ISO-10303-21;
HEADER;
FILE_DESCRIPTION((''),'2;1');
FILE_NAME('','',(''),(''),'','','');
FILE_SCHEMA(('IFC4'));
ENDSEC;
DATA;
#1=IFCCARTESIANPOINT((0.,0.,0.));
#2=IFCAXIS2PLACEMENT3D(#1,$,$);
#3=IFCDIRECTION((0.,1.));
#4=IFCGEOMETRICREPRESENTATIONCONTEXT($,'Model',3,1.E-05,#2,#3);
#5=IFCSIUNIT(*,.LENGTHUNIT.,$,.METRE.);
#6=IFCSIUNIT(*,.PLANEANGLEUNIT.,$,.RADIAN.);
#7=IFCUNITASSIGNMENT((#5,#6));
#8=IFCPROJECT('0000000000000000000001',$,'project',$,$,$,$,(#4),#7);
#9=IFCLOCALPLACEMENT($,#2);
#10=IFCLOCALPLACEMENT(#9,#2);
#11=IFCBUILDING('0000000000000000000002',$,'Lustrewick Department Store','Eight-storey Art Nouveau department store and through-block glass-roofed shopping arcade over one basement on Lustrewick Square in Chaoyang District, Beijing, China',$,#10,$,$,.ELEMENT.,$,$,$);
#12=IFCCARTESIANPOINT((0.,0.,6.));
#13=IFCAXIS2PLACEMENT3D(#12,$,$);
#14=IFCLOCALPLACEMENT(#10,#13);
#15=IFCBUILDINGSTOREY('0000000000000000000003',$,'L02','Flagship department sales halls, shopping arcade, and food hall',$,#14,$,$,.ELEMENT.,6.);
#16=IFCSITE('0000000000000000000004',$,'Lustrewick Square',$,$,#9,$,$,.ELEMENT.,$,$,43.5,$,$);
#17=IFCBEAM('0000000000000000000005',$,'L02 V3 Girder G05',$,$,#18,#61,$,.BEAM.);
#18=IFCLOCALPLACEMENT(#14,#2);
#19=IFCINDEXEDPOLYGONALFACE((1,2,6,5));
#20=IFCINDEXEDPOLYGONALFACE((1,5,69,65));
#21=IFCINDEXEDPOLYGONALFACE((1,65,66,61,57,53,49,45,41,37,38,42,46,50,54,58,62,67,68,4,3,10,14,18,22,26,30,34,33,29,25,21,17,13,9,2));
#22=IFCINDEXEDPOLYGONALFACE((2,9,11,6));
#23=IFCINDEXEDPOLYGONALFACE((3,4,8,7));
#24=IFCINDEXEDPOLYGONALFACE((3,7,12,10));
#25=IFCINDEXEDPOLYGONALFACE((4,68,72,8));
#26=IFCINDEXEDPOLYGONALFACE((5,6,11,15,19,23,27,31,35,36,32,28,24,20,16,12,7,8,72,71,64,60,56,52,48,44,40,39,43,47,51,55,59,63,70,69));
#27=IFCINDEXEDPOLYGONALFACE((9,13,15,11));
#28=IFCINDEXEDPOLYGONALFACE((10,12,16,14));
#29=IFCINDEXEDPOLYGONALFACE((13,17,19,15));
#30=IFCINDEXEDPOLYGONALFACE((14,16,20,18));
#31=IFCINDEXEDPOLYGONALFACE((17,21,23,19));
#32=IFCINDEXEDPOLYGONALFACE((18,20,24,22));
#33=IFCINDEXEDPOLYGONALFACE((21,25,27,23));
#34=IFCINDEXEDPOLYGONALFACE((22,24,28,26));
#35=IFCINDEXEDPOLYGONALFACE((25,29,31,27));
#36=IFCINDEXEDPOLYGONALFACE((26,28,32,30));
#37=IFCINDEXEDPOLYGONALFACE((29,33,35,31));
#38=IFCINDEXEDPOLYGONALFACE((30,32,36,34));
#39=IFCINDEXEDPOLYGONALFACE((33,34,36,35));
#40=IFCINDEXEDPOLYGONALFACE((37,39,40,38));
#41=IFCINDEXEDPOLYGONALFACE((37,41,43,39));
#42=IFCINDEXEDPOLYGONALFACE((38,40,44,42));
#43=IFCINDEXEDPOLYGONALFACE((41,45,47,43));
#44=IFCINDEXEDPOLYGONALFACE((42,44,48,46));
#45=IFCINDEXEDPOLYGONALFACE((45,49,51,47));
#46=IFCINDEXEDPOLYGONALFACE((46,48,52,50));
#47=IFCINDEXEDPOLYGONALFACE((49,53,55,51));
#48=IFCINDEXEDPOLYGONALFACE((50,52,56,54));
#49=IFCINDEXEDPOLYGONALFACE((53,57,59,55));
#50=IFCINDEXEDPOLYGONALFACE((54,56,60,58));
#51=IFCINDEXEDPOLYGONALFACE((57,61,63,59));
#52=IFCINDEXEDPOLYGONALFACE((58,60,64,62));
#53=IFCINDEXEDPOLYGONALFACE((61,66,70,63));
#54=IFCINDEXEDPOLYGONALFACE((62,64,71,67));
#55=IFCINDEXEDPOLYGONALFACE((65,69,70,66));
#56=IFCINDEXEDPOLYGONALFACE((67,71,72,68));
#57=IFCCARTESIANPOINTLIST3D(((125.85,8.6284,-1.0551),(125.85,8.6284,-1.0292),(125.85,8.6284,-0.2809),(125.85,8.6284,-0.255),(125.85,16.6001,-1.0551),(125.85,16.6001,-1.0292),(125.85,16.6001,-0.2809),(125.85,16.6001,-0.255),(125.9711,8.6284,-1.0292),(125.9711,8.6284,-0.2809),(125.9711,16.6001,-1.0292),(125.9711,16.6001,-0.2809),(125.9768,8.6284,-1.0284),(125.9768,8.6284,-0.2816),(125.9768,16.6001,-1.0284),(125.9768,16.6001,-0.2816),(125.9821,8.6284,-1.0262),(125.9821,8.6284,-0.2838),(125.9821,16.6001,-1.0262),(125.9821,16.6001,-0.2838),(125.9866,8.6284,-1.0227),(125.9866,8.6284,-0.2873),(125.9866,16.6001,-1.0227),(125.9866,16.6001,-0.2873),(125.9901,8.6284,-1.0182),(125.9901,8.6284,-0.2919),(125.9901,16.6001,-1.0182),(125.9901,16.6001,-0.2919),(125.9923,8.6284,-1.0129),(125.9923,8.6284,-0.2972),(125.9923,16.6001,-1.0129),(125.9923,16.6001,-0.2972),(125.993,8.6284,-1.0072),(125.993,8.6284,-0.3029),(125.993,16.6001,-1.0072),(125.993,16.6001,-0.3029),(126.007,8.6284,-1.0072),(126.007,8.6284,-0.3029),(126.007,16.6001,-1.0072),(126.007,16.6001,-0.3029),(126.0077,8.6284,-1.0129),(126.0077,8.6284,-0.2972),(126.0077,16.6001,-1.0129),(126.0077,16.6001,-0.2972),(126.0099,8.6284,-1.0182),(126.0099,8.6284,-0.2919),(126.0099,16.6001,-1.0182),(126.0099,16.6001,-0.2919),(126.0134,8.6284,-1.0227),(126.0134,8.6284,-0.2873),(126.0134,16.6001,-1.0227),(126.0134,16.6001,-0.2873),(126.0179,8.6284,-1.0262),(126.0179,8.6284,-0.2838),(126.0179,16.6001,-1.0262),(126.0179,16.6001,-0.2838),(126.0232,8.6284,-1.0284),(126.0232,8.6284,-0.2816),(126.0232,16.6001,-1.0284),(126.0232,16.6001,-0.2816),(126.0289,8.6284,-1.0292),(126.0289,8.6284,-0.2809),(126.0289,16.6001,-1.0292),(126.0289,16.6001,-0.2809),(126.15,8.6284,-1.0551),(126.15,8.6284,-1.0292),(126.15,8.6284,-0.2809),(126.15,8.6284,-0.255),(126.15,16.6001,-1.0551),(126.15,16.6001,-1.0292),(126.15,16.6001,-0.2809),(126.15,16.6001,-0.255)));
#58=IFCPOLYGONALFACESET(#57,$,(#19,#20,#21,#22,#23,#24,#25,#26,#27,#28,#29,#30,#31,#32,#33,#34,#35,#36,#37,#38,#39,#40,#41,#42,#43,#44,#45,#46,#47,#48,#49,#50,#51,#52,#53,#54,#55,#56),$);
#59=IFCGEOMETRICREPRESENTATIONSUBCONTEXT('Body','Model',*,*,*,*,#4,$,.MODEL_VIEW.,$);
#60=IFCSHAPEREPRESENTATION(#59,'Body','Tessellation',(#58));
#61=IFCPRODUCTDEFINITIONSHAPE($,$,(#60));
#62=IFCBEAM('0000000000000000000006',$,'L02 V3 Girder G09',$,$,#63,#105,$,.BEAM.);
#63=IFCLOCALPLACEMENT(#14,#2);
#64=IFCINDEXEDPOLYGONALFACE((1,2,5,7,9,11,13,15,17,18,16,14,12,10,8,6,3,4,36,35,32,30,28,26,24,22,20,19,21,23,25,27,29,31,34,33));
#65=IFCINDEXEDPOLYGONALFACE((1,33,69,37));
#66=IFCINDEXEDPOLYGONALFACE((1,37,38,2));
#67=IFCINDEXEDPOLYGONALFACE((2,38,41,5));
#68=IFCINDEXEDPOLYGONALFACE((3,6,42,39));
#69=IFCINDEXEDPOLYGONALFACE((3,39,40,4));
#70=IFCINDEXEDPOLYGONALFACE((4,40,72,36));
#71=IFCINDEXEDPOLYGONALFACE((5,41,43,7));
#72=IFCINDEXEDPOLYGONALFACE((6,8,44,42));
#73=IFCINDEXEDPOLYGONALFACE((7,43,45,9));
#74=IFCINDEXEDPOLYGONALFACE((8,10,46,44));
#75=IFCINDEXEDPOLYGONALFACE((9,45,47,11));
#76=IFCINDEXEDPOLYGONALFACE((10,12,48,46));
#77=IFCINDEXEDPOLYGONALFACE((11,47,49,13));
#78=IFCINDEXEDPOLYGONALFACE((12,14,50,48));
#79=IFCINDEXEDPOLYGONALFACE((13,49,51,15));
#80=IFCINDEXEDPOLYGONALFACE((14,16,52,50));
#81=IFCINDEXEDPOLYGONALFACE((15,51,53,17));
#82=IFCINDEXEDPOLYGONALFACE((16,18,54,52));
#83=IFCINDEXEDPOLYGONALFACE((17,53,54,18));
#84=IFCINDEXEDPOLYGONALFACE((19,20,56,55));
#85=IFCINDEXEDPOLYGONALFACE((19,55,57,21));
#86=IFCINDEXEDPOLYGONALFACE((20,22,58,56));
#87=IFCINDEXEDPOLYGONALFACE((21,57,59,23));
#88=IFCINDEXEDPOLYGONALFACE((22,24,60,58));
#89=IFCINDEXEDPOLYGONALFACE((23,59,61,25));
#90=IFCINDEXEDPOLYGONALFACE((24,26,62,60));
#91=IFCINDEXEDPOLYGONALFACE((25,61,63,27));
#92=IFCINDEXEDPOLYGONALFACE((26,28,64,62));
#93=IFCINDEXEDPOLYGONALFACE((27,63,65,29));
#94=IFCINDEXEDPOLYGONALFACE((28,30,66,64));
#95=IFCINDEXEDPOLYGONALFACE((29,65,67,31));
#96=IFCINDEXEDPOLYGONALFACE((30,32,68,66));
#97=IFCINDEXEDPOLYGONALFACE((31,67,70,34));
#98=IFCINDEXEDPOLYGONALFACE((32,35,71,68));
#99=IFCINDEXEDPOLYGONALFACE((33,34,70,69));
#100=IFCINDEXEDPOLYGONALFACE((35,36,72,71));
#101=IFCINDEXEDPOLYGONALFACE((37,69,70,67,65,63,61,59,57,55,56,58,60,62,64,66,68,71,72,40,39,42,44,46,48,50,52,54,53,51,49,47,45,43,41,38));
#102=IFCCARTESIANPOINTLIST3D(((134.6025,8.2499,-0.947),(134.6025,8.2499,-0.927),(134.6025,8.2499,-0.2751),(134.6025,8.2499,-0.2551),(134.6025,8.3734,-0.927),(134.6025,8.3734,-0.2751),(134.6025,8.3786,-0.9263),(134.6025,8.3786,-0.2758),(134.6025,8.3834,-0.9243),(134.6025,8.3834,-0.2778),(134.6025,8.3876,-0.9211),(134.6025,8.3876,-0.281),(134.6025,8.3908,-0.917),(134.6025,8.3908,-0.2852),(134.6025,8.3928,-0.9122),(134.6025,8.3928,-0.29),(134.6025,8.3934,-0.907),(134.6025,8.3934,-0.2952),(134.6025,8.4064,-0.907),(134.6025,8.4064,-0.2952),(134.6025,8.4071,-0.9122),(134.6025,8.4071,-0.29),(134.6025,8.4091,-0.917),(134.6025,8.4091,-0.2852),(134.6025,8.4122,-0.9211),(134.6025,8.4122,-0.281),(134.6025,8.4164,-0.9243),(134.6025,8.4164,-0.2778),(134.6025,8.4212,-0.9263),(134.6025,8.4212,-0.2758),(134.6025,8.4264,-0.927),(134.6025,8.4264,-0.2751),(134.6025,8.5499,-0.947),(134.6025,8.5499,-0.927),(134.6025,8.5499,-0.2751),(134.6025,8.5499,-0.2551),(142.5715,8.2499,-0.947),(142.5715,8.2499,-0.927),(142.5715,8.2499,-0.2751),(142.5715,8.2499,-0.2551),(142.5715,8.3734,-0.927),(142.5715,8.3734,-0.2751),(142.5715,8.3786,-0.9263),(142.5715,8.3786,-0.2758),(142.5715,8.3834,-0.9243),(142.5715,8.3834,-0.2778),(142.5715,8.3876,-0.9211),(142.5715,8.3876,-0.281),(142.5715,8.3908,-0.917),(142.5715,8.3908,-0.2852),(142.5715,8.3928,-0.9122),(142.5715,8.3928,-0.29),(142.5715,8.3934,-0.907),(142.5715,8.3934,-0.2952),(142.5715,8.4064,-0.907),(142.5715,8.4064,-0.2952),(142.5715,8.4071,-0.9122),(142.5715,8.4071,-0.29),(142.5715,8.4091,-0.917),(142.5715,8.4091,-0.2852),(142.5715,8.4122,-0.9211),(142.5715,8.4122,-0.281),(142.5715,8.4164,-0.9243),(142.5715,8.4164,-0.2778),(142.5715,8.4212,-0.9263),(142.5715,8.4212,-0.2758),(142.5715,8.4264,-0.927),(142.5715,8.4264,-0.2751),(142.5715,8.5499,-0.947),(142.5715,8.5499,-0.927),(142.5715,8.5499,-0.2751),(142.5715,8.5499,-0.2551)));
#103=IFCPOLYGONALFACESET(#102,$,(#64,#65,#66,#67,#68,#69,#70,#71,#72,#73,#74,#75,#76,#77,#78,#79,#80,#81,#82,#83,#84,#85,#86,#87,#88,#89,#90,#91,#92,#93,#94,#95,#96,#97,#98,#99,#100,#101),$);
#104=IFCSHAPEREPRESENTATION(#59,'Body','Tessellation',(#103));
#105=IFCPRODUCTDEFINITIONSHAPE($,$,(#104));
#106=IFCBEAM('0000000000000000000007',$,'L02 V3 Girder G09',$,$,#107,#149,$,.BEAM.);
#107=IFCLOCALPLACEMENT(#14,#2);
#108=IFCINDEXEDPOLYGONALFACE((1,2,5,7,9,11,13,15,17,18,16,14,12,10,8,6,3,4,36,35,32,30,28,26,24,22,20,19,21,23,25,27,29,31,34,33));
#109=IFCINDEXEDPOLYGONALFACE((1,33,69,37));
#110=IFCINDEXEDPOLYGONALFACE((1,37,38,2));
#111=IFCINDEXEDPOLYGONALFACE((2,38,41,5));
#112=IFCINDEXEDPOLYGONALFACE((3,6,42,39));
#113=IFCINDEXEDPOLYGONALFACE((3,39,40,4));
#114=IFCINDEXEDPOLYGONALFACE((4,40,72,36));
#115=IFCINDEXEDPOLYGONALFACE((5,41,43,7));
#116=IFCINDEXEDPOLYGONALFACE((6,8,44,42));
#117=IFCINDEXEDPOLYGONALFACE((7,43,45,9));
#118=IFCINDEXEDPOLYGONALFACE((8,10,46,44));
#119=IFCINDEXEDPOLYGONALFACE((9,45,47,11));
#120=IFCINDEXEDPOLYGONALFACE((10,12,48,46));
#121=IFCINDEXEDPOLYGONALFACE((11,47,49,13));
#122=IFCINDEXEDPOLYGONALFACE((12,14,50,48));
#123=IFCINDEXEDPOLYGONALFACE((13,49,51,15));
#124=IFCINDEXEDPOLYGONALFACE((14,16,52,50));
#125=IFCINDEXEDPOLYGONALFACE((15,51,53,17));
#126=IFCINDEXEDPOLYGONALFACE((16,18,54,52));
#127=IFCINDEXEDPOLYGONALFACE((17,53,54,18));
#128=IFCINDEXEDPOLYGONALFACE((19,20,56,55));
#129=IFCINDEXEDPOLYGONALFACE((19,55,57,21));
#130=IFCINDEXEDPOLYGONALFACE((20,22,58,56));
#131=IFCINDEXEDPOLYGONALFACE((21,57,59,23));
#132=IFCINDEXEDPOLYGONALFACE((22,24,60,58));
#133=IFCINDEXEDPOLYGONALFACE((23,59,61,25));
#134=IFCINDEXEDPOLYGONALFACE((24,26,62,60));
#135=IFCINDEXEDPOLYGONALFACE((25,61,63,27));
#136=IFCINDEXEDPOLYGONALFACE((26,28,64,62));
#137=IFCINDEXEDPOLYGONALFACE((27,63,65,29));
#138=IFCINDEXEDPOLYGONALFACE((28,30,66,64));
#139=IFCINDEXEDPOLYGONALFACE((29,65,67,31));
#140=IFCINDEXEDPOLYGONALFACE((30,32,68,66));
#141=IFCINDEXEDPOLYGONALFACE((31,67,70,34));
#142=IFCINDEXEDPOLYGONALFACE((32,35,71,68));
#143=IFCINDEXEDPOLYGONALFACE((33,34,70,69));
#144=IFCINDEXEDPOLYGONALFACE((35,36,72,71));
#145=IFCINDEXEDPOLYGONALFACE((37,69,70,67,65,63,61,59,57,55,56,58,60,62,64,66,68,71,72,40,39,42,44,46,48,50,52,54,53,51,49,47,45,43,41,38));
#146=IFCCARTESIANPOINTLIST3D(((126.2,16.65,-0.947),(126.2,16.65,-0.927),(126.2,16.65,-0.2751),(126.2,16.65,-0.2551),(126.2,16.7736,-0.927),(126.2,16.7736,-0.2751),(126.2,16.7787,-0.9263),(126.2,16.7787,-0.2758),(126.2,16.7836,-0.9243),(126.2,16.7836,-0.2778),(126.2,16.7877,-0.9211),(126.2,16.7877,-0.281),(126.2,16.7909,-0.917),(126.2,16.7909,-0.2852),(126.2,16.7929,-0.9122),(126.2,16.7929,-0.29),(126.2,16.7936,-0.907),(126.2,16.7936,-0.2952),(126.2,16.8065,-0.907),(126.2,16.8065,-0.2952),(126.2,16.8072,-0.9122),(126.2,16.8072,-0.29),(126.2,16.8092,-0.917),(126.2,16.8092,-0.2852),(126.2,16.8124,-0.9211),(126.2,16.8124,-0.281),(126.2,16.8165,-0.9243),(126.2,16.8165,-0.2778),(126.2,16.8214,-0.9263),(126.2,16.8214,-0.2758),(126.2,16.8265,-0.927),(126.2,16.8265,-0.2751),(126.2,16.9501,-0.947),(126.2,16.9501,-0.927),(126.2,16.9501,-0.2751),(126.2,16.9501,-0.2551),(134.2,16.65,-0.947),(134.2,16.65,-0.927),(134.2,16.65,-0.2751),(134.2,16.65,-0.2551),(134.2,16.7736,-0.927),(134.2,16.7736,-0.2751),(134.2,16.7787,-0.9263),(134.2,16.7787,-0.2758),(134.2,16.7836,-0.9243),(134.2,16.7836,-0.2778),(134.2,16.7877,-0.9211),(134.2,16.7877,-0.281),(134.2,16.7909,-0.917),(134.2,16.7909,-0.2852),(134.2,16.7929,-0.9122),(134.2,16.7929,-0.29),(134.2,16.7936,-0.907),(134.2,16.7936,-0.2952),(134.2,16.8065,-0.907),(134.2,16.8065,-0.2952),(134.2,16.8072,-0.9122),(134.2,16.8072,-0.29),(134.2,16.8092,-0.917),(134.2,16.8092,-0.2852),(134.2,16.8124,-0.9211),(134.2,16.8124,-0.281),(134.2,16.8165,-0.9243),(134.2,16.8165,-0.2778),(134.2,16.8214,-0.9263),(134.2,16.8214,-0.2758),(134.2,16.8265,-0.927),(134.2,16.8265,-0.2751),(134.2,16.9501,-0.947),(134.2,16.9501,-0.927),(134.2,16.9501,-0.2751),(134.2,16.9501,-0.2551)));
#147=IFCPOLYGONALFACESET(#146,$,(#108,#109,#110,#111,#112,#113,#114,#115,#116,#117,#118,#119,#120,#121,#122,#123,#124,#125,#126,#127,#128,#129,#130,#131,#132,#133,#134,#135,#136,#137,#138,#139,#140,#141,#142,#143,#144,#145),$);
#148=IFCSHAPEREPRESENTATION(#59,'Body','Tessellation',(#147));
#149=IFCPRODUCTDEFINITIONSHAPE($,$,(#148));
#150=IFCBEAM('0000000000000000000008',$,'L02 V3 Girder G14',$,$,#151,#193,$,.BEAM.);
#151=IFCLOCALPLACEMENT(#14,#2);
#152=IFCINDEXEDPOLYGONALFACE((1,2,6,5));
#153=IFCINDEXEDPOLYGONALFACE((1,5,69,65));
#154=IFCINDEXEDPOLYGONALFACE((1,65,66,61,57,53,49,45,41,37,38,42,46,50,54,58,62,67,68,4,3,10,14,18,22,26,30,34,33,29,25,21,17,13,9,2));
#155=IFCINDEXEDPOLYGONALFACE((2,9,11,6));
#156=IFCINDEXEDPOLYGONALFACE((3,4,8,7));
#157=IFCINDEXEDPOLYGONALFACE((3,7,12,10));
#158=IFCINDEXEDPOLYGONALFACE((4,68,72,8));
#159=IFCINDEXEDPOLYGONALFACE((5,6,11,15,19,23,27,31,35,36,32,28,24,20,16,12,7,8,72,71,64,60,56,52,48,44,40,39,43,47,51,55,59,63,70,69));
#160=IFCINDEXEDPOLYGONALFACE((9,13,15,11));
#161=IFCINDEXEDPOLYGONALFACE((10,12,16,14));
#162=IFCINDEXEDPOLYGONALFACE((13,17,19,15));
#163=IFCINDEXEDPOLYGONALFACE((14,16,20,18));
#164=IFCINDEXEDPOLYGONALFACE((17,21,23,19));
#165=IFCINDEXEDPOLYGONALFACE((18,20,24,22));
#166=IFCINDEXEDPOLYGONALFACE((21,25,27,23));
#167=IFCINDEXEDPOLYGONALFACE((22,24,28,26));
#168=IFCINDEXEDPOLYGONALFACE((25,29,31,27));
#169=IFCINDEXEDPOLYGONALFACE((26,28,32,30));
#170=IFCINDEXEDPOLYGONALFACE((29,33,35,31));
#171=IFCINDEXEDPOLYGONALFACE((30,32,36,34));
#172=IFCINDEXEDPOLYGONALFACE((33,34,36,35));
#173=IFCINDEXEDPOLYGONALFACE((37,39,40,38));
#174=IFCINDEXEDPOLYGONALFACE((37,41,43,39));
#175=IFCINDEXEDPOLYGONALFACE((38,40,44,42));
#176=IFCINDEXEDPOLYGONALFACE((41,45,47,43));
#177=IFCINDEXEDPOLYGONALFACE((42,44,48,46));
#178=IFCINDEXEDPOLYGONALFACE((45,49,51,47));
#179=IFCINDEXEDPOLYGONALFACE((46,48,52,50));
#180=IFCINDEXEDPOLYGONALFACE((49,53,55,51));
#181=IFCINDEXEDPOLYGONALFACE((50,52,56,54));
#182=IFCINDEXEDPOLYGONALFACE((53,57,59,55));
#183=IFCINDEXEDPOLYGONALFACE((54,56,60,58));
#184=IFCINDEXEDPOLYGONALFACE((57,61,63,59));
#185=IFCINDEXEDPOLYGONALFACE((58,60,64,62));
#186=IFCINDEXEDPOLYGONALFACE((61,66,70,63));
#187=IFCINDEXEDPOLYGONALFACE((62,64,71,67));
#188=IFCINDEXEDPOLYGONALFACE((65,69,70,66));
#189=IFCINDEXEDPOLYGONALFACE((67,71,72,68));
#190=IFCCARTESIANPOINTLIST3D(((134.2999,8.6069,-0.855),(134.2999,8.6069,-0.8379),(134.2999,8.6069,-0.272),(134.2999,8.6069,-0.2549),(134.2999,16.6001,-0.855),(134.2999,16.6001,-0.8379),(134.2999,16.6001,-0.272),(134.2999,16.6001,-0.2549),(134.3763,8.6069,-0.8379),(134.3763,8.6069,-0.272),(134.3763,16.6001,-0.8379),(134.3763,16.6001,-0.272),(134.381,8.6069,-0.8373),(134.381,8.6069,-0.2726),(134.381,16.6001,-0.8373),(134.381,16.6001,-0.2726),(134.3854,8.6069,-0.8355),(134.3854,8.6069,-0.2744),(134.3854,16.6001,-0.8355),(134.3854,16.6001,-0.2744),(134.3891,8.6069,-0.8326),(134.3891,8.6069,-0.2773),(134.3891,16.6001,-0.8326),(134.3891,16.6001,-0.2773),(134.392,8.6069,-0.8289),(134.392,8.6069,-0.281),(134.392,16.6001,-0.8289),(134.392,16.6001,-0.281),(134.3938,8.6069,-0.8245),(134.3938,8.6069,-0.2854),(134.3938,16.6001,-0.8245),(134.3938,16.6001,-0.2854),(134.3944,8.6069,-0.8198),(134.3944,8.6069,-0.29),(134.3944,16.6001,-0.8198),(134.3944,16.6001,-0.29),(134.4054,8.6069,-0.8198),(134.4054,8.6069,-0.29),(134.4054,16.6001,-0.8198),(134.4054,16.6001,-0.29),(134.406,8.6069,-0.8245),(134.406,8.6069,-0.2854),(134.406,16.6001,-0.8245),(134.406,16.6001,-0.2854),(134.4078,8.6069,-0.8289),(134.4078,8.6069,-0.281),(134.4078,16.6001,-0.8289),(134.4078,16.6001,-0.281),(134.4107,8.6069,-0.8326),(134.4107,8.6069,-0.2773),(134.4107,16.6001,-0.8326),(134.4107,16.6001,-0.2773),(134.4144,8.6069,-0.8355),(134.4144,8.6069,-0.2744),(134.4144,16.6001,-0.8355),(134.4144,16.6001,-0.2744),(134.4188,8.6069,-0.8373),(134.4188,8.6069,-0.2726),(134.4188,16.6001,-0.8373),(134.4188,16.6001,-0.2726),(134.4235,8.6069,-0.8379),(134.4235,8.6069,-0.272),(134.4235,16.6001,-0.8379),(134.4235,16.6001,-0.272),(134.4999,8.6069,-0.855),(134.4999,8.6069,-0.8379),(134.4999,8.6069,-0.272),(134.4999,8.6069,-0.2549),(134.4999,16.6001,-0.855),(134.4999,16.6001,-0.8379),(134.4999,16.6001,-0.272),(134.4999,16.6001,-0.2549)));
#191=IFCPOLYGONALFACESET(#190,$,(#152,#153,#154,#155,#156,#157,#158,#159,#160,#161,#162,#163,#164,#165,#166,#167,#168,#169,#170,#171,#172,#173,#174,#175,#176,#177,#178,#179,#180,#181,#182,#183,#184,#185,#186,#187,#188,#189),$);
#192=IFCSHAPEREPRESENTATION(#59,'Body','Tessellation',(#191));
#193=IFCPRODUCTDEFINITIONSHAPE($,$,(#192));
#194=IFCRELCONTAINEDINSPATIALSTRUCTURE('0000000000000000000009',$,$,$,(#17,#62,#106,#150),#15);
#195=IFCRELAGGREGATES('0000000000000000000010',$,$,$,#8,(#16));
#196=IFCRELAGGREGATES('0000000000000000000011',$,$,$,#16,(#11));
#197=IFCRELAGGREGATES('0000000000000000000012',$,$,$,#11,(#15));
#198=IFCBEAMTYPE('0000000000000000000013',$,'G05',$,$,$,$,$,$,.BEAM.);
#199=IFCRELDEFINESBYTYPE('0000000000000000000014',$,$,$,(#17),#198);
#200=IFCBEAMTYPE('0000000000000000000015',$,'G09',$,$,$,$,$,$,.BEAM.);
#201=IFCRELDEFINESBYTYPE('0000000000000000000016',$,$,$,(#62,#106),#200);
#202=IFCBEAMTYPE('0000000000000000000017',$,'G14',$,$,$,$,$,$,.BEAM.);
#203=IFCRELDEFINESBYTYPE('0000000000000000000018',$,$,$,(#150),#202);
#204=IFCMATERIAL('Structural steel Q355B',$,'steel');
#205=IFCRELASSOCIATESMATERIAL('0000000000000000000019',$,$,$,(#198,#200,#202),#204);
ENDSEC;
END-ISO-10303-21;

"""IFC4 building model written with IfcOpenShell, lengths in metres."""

from ifc_helpers import new_model, si_unit, direction, frame, origin, origin_2d, place, context, subcontext, project, spatial, i_section, extrude, material, material_profile, profile_set, type_object, element, save


model = new_model("IFC4")

# Units and contexts
model_context = context("Model", 3, precision=1e-05, world=origin(), true_north=direction((0.0, 1.0)))
body_context = subcontext(model_context, "Body", "Model", "MODEL_VIEW")
ifc_project = project(units=[si_unit("LENGTHUNIT", "METRE"), si_unit("PLANEANGLEUNIT", "RADIAN")], contexts=[model_context])

# Site, building, storey
site_placement = place(None, origin())
site = spatial("IfcSite", under=ifc_project, at=site_placement, Name="Lustrewick Square", CompositionType="ELEMENT", RefElevation=43.5)
building_placement = place(site_placement, origin())
building = spatial("IfcBuilding", under=site, at=building_placement, Name="Lustrewick Department Store", Description="Eight-storey Art Nouveau department store and through-block glass-roofed shopping arcade over one basement on Lustrewick Square in Chaoyang District, Beijing, China", CompositionType="ELEMENT")
storey_placement = place(building_placement, frame((0.0, 0.0, 6.0)))
storey = spatial("IfcBuildingStorey", under=building, at=storey_placement, Name="L02", Description="Flagship department sales halls, shopping arcade, and food hall", CompositionType="ELEMENT", Elevation=6.0)

# Beams
ifc_material_1 = material(Name="Structural steel Q355B", Category="steel")
ifc_material_profile_1 = material_profile(ifc_material_1, i_section(OverallWidth=0.3, OverallDepth=0.8, WebThickness=0.0139, FlangeThickness=0.0259, FilletRadius=0.022, at=origin_2d()), Name="HN 800x300x14x26")
ifc_profile_set_1 = profile_set([ifc_material_profile_1], Name="Structural steel Q355B")
beam_type_1 = type_object("IfcBeamType", Name="G05", PredefinedType="BEAM", material=ifc_profile_set_1)
beam_1_placement = place(storey_placement, frame((126.0, 8.6284, -0.655), z_axis=(0.0, 1.0, 0.0), x_axis=(-1.0, 0.0, 0.0)))
element("IfcBeam", 1, at=beam_1_placement, inside=storey, type_object=beam_type_1, Name="L02 V3 Girder G05", PredefinedType="BEAM", context=body_context, shape_type="SweptSolid", body=[
    extrude(i_section(OverallWidth=0.3, OverallDepth=0.8, WebThickness=0.0139, FlangeThickness=0.0259, FilletRadius=0.022, at=origin_2d()), origin(), (0.0, 0.0, 1.0), 7.9717),
])
ifc_material_profile_2 = material_profile(ifc_material_1, i_section(OverallWidth=0.3, OverallDepth=0.6919, WebThickness=0.0129, FlangeThickness=0.02, FilletRadius=0.02, at=origin_2d()), Name="HN 692x300x13x20")
ifc_profile_set_2 = profile_set([ifc_material_profile_2], Name="Structural steel Q355B")
beam_type_2 = type_object("IfcBeamType", Name="G09", PredefinedType="BEAM", material=ifc_profile_set_2)
beam_2_placement = place(storey_placement, frame((134.6025, 8.3999, -0.6011), z_axis=(1.0, 0.0, 0.0), x_axis=(0.0, 1.0, 0.0)))
element("IfcBeam", 2, at=beam_2_placement, inside=storey, type_object=beam_type_2, Name="L02 V3 Girder G09", PredefinedType="BEAM", context=body_context, shape_type="SweptSolid", body=[
    extrude(i_section(OverallWidth=0.3, OverallDepth=0.6919, WebThickness=0.0129, FlangeThickness=0.02, FilletRadius=0.02, at=origin_2d()), origin(), (0.0, 0.0, 1.0), 7.969),
])
beam_3_placement = place(storey_placement, frame((126.2, 16.8, -0.6011), z_axis=(1.0, 0.0, 0.0), x_axis=(0.0, 1.0, 0.0)))
element("IfcBeam", 3, at=beam_3_placement, inside=storey, type_object=beam_type_2, Name="L02 V3 Girder G09", PredefinedType="BEAM", context=body_context, shape_type="SweptSolid", body=[
    extrude(i_section(OverallWidth=0.3, OverallDepth=0.6919, WebThickness=0.0129, FlangeThickness=0.02, FilletRadius=0.02, at=origin_2d()), origin(), (0.0, 0.0, 1.0), 8.0),
])
ifc_material_profile_3 = material_profile(ifc_material_1, i_section(OverallWidth=0.2, OverallDepth=0.6001, WebThickness=0.011, FlangeThickness=0.0171, FilletRadius=0.0181, at=origin_2d()), Name="HN 600x200x11x17")
ifc_profile_set_3 = profile_set([ifc_material_profile_3], Name="Structural steel Q355B")
beam_type_3 = type_object("IfcBeamType", Name="G14", PredefinedType="BEAM", material=ifc_profile_set_3)
beam_4_placement = place(storey_placement, frame((134.3999, 8.6069, -0.5549), z_axis=(0.0, 1.0, 0.0), x_axis=(-1.0, 0.0, 0.0)))
element("IfcBeam", 4, at=beam_4_placement, inside=storey, type_object=beam_type_3, Name="L02 V3 Girder G14", PredefinedType="BEAM", context=body_context, shape_type="SweptSolid", body=[
    extrude(i_section(OverallWidth=0.2, OverallDepth=0.6001, WebThickness=0.011, FlangeThickness=0.0171, FilletRadius=0.0181, at=origin_2d()), origin(), (0.0, 0.0, 1.0), 7.9932),
])

save(model, "model.ifc")
